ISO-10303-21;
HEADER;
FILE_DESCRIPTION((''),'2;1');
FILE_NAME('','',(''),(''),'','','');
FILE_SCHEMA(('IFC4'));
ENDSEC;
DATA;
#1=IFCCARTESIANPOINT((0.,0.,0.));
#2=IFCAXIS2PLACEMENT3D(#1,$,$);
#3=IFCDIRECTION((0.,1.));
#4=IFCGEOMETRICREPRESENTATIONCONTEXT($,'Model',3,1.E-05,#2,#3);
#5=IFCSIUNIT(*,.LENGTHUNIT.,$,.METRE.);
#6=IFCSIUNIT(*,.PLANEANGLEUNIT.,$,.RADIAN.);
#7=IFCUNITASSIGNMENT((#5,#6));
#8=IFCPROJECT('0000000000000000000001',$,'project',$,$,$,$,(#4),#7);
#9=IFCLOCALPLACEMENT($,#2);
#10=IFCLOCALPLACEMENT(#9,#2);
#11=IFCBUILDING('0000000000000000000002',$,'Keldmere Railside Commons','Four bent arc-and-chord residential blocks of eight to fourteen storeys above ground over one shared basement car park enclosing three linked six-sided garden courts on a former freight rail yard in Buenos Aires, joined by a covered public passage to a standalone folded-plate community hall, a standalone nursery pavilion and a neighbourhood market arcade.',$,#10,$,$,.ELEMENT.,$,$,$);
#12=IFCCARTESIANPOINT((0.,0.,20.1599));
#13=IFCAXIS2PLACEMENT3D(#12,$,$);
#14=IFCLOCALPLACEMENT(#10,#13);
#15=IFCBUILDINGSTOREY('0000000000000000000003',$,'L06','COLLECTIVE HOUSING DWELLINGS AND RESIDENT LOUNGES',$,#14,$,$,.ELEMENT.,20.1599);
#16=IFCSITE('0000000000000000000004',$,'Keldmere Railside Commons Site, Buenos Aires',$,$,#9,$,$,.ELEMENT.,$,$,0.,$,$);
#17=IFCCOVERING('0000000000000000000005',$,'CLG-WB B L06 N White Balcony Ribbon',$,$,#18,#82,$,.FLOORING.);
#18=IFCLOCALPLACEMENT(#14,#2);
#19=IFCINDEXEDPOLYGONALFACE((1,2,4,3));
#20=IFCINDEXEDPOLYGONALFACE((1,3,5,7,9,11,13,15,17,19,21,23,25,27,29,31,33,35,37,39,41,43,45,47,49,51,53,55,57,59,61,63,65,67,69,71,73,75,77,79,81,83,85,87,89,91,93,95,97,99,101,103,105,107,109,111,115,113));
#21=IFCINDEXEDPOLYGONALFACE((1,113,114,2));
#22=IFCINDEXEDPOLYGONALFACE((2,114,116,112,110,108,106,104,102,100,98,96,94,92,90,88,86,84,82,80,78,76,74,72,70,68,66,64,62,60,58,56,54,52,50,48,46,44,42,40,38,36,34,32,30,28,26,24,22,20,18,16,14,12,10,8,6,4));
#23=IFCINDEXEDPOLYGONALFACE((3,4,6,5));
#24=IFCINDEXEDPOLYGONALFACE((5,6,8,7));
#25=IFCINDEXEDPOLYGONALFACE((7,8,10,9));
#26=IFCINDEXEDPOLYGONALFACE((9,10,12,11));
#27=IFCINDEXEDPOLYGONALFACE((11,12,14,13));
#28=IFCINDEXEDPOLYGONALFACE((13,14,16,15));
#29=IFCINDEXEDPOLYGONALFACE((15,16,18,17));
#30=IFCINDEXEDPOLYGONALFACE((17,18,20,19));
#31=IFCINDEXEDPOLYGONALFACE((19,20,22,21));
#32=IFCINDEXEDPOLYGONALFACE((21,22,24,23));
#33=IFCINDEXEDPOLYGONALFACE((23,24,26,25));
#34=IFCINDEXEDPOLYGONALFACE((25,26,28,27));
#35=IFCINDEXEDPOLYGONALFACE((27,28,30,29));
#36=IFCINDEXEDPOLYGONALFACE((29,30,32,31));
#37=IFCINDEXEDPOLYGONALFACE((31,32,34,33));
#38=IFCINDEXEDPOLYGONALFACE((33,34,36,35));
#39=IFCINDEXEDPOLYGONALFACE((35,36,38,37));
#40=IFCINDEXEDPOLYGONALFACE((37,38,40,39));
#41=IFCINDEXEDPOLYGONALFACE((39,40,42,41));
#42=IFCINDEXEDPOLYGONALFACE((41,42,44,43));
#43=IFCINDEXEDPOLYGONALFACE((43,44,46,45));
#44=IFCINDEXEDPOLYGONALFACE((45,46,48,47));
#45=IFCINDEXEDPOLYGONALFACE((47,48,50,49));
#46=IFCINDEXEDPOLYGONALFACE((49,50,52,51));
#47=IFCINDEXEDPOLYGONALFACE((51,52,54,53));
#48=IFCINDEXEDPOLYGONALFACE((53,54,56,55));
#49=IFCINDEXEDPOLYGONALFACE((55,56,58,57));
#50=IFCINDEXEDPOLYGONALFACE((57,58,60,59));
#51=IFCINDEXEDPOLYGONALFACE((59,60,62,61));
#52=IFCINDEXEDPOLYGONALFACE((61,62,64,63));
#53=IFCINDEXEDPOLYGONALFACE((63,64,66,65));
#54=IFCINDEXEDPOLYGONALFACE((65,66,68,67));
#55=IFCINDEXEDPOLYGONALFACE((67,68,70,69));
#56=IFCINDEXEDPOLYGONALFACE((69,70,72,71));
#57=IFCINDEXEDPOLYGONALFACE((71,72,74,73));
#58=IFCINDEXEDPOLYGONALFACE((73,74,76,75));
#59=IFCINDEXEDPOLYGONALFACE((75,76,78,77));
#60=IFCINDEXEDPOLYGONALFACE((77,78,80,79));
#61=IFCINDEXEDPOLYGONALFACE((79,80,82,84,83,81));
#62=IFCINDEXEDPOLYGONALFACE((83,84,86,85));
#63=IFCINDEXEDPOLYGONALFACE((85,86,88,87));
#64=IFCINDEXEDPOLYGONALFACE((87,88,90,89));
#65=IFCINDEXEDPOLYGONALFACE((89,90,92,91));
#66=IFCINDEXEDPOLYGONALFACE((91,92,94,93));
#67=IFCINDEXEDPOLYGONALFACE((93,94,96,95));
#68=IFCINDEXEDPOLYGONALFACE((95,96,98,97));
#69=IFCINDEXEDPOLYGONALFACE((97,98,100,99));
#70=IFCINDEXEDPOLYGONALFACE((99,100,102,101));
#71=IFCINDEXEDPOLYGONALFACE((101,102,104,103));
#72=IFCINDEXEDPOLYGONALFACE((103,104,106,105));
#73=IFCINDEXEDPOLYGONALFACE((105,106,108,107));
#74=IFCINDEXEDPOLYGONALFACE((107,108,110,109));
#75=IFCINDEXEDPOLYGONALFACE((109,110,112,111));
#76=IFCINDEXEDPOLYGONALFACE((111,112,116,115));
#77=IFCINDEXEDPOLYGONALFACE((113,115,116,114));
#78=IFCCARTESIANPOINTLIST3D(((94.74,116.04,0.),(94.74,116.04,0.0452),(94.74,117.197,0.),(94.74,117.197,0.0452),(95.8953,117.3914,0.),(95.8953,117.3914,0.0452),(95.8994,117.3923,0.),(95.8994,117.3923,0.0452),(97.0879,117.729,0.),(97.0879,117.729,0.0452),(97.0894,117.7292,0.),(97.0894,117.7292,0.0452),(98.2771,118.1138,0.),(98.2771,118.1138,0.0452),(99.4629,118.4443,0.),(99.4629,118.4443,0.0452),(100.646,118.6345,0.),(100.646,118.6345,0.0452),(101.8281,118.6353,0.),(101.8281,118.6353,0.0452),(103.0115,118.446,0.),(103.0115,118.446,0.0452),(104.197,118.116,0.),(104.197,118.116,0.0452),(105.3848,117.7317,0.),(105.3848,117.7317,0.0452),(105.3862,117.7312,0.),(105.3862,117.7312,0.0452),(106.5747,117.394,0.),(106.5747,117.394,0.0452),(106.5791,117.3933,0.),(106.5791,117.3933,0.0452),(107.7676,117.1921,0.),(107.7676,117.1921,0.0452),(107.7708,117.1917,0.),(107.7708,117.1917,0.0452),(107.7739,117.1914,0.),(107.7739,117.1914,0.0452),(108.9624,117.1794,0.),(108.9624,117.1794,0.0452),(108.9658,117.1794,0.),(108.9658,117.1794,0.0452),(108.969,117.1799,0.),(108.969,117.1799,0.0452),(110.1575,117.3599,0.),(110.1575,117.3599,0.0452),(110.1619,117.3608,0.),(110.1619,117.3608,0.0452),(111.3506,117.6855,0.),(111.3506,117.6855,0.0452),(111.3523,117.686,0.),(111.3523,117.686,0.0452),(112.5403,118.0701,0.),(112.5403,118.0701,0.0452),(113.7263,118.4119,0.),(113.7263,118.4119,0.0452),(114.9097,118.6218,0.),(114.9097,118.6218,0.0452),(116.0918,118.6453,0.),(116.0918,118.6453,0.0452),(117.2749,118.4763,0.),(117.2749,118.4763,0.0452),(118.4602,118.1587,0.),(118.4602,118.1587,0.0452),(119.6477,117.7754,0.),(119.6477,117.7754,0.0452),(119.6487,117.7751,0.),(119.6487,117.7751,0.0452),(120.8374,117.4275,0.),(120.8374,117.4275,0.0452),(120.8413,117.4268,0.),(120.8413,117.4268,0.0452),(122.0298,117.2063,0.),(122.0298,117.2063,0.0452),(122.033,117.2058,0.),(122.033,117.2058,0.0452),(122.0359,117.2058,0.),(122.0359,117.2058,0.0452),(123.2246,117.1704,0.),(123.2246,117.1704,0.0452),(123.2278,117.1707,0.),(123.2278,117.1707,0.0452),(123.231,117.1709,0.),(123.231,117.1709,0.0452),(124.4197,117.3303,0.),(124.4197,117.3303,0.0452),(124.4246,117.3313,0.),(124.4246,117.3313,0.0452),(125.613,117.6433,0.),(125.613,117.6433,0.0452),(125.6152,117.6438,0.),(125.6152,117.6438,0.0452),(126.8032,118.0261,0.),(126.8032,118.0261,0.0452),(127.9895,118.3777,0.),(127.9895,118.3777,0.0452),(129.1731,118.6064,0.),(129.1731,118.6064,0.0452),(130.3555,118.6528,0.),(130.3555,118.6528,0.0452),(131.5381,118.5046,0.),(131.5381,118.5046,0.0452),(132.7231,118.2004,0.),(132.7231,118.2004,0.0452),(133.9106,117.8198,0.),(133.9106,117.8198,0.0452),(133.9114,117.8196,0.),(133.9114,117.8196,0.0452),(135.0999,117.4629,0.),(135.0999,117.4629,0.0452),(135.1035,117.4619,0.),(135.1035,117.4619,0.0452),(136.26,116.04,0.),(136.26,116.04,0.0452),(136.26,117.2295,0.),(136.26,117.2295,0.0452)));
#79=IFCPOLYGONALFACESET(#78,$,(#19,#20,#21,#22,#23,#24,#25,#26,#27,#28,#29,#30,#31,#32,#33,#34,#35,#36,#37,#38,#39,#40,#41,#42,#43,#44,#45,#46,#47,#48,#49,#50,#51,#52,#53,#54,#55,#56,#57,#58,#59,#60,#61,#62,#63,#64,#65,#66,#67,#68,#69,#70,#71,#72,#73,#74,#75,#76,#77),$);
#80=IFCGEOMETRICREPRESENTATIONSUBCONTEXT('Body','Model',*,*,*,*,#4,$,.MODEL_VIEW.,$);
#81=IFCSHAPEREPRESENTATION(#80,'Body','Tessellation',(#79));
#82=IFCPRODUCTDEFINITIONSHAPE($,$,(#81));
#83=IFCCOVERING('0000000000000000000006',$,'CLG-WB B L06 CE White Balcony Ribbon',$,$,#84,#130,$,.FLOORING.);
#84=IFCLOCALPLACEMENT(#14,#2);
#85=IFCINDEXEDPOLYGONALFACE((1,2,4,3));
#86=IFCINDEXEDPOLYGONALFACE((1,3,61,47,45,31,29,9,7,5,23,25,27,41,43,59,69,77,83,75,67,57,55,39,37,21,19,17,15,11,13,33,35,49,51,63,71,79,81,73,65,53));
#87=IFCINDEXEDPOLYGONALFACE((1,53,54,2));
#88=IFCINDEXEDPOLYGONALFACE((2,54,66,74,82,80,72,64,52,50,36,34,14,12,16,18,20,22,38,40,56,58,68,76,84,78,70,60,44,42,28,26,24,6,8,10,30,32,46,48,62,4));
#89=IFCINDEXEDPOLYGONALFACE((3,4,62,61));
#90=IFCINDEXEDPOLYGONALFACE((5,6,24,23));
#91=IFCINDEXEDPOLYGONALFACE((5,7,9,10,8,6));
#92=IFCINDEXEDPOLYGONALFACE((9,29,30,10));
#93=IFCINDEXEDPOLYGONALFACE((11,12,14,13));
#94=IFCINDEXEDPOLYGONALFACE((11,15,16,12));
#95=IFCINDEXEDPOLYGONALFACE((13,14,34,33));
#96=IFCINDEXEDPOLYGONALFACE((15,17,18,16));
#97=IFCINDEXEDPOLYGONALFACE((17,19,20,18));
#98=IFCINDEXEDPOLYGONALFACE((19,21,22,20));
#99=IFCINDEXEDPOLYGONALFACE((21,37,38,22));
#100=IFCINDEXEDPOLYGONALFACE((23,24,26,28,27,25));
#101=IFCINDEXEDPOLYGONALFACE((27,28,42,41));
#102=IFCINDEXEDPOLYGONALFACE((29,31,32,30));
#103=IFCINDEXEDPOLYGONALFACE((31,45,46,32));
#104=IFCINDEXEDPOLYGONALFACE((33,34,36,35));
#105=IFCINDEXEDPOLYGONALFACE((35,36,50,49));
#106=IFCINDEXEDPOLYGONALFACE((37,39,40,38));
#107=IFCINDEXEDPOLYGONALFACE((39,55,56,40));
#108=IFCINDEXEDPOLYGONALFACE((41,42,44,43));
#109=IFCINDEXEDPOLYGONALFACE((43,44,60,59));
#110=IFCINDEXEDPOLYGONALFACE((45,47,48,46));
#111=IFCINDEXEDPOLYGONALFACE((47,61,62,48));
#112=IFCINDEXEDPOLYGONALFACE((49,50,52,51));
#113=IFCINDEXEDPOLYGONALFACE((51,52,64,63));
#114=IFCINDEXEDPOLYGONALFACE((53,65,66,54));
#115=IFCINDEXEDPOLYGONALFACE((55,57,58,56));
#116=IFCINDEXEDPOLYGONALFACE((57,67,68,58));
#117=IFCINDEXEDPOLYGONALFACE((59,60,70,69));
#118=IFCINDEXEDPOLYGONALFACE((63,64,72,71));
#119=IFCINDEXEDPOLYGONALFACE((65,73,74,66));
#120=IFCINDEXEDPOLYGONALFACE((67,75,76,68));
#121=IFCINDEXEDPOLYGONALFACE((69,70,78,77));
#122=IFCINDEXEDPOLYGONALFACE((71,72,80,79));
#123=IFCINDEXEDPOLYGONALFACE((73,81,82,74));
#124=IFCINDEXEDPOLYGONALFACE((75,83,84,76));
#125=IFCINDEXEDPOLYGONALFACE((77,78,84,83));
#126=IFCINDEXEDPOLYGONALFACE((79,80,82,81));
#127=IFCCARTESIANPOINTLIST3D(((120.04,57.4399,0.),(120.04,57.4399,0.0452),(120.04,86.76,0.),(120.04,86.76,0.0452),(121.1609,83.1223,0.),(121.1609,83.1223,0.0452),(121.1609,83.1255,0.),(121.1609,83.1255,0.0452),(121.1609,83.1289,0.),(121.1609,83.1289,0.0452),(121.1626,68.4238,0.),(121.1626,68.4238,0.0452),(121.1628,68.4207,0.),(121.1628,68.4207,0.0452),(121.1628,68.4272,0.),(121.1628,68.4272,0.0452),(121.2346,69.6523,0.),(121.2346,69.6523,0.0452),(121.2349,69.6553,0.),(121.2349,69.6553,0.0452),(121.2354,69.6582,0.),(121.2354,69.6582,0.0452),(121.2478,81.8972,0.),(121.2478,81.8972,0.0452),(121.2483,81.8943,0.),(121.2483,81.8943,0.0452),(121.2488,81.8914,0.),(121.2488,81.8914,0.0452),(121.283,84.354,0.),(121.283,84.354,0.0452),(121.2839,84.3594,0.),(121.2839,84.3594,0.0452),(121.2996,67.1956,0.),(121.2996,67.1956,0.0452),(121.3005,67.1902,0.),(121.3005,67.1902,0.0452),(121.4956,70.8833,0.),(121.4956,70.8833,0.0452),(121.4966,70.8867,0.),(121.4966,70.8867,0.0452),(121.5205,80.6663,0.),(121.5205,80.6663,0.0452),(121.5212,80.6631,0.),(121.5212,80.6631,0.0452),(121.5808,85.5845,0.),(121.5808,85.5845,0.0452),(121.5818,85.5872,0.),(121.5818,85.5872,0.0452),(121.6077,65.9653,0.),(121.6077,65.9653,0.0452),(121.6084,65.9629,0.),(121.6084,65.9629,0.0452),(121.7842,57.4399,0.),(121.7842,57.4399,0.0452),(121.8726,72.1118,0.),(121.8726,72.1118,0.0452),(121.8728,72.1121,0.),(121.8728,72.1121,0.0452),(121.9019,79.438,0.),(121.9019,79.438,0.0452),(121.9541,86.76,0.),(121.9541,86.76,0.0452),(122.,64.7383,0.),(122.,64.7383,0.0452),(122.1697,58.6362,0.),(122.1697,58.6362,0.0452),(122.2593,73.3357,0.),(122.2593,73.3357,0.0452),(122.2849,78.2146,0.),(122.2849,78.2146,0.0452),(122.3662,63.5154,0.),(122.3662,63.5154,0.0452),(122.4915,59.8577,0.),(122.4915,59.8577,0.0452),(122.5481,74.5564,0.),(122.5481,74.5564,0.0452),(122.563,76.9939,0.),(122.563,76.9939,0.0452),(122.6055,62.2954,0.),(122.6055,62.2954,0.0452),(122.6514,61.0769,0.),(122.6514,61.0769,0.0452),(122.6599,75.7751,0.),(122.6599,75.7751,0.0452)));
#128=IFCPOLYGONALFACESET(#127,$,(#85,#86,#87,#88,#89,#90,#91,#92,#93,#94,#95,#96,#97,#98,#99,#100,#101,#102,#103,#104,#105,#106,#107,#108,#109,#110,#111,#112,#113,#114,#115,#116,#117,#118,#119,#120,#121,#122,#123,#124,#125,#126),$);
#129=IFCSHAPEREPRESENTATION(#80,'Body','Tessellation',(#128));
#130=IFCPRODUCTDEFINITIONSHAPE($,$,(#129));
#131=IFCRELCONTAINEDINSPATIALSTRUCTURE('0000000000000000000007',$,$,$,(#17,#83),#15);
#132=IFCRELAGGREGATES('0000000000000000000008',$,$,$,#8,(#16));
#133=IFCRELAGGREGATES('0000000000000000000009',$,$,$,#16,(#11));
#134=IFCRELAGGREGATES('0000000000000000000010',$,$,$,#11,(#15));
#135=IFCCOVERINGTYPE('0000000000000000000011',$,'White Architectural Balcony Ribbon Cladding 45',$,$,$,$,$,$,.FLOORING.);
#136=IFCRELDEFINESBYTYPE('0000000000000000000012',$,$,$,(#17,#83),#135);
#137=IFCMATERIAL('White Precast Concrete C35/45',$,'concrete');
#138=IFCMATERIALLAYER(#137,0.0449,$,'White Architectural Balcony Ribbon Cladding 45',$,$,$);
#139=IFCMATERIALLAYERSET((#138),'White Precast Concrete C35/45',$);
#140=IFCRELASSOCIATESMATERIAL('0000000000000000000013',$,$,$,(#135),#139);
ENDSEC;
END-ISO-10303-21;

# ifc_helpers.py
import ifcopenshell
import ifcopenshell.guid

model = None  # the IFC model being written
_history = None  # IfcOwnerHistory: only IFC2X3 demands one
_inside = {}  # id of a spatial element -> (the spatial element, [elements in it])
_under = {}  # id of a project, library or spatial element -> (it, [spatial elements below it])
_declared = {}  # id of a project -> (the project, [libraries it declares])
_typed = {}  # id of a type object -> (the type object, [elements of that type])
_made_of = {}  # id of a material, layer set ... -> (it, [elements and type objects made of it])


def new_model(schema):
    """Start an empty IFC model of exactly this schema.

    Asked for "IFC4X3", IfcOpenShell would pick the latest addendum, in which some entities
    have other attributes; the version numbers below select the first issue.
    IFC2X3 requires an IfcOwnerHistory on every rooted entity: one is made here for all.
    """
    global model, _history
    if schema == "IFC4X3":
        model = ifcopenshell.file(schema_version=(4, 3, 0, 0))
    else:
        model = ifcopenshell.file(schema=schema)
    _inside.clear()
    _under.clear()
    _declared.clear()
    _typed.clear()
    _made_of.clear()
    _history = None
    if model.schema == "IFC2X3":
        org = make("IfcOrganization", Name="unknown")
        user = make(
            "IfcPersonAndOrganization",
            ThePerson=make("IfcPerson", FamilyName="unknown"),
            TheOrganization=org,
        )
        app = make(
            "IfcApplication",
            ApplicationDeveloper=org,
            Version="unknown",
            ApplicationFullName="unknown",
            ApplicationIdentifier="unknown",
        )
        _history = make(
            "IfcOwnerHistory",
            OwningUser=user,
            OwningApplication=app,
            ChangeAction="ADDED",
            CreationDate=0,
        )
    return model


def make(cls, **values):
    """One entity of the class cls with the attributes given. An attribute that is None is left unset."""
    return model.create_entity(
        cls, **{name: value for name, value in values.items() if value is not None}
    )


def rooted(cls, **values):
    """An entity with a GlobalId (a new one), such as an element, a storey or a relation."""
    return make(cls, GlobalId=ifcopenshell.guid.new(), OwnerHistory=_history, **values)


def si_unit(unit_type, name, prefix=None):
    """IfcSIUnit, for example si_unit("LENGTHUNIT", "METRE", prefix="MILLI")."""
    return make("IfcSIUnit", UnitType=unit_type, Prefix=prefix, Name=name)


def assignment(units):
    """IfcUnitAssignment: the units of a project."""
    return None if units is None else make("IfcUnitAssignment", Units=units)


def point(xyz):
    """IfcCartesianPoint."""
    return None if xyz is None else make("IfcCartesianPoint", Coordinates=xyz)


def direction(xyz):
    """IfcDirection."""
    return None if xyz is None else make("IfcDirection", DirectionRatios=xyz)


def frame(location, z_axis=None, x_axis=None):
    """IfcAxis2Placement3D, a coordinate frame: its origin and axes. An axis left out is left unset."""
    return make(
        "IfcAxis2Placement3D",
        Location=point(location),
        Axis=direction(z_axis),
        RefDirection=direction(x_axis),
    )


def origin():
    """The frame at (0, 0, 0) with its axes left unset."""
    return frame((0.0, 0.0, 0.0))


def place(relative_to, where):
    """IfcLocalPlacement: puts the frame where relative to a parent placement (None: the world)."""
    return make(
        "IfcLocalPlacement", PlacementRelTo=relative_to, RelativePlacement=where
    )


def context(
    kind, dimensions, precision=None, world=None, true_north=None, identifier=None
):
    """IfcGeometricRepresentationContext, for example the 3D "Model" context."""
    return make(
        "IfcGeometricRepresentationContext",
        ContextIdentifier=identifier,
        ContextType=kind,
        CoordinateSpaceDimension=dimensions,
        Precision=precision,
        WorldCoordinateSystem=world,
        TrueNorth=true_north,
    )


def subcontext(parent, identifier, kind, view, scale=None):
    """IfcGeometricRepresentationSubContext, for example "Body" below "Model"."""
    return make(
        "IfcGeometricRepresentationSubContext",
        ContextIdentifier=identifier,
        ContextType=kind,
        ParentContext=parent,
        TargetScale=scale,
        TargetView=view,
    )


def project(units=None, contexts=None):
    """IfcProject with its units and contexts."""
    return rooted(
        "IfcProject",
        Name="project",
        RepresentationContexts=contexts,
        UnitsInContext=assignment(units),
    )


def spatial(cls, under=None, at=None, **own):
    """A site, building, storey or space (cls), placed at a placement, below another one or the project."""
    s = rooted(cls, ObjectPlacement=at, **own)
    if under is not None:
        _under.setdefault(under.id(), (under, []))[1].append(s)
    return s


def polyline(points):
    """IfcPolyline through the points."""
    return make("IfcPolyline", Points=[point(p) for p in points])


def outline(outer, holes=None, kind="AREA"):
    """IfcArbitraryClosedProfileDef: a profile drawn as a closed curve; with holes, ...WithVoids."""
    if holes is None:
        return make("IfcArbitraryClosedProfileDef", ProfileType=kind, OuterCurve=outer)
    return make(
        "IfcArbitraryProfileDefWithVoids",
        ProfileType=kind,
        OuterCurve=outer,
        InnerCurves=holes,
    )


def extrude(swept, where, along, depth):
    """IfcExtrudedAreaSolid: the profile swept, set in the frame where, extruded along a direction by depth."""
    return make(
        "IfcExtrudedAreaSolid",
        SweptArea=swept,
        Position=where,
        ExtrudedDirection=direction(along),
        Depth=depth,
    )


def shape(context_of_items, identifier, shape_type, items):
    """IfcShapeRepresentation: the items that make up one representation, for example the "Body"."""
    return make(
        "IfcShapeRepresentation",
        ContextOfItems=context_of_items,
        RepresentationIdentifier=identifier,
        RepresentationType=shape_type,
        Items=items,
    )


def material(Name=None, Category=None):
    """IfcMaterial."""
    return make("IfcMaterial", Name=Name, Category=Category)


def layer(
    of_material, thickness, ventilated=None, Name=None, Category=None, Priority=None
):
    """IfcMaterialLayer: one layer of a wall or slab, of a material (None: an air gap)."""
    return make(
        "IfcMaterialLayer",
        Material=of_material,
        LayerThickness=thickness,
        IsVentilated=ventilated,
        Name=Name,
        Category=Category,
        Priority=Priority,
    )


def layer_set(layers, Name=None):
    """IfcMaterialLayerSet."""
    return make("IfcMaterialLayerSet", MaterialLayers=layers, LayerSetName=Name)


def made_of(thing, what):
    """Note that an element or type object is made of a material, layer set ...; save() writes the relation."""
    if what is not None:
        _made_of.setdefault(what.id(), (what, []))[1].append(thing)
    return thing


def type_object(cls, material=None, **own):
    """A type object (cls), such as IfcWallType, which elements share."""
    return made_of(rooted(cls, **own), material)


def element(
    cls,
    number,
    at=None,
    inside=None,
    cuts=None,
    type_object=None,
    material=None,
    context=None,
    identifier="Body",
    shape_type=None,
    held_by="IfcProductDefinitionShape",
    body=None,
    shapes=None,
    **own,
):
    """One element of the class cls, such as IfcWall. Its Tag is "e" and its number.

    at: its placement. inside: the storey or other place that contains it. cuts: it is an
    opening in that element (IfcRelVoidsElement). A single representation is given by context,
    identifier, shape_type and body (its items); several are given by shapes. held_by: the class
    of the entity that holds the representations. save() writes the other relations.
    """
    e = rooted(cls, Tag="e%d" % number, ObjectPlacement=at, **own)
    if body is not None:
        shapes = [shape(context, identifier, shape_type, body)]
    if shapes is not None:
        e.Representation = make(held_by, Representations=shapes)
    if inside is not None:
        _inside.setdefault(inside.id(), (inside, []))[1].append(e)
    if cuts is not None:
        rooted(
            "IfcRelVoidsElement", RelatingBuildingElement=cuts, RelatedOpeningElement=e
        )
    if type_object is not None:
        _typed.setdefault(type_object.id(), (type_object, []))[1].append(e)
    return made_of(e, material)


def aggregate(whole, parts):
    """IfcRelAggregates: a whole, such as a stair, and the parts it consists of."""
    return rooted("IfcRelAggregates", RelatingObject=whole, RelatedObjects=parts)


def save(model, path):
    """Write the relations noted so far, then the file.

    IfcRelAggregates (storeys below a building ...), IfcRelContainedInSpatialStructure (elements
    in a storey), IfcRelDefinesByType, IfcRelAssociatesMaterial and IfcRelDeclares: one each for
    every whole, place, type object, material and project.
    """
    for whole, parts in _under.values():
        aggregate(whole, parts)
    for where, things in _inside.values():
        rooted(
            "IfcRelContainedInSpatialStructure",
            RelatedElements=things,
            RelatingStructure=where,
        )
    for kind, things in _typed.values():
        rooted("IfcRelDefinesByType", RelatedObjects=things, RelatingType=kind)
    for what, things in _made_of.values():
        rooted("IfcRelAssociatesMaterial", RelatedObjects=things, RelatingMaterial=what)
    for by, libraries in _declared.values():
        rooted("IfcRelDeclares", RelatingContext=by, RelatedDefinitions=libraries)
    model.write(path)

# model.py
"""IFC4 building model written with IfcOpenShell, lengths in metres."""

from ifc_helpers import new_model, si_unit, direction, frame, origin, place, context, subcontext, project, spatial, polyline, outline, extrude, material, layer, layer_set, type_object, element, save


model = new_model("IFC4")

# Units and contexts
model_context = context("Model", 3, precision=1e-05, world=origin(), true_north=direction((0.0, 1.0)))
body_context = subcontext(model_context, "Body", "Model", "MODEL_VIEW")
ifc_project = project(units=[si_unit("LENGTHUNIT", "METRE"), si_unit("PLANEANGLEUNIT", "RADIAN")], contexts=[model_context])

# Site, building, storey
site_placement = place(None, origin())
site = spatial("IfcSite", under=ifc_project, at=site_placement, Name="Keldmere Railside Commons Site, Buenos Aires", CompositionType="ELEMENT", RefElevation=0.0)
building_placement = place(site_placement, origin())
building = spatial("IfcBuilding", under=site, at=building_placement, Name="Keldmere Railside Commons", Description="Four bent arc-and-chord residential blocks of eight to fourteen storeys above ground over one shared basement car park enclosing three linked six-sided garden courts on a former freight rail yard in Buenos Aires, joined by a covered public passage to a standalone folded-plate community hall, a standalone nursery pavilion and a neighbourhood market arcade.", CompositionType="ELEMENT")
storey_placement = place(building_placement, frame((0.0, 0.0, 20.1599)))
storey = spatial("IfcBuildingStorey", under=building, at=storey_placement, Name="L06", Description="COLLECTIVE HOUSING DWELLINGS AND RESIDENT LOUNGES", CompositionType="ELEMENT", Elevation=20.1599)

# Coverings
ifc_material_1 = material(Name="White Precast Concrete C35/45", Category="concrete")
ifc_layer_1 = layer(ifc_material_1, 0.0449, Name="White Architectural Balcony Ribbon Cladding 45")
ifc_layer_set_1 = layer_set([ifc_layer_1], Name="White Precast Concrete C35/45")
covering_type_1 = type_object("IfcCoveringType", Name="White Architectural Balcony Ribbon Cladding 45", PredefinedType="FLOORING", material=ifc_layer_set_1)
covering_1_placement = place(storey_placement, origin())
element("IfcCovering", 1, at=covering_1_placement, inside=storey, type_object=covering_type_1, Name="CLG-WB B L06 N White Balcony Ribbon", PredefinedType="FLOORING", context=body_context, shape_type="SweptSolid", body=[
    extrude(outline(polyline([(136.26, 116.04), (136.26, 117.2295), (135.1035, 117.4619), (135.0999, 117.4629), (133.9114, 117.8196), (133.9106, 117.8198), (132.7231, 118.2004), (131.5381, 118.5046), (130.3555, 118.6528), (129.1731, 118.6064), (127.9895, 118.3777), (126.8032, 118.0261), (125.6152, 117.6438), (125.613, 117.6433), (124.4246, 117.3313), (124.4197, 117.3303), (123.231, 117.1709), (123.2278, 117.1707), (123.2246, 117.1704), (122.0359, 117.2058), (122.033, 117.2058), (122.0298, 117.2063), (120.8413, 117.4268), (120.8374, 117.4275), (119.6487, 117.7751), (119.6477, 117.7754), (118.4602, 118.1587), (117.2749, 118.4763), (116.0918, 118.6453), (114.9097, 118.6218), (113.7263, 118.4119), (112.5403, 118.0701), (111.3523, 117.686), (111.3506, 117.6855), (110.1619, 117.3608), (110.1575, 117.3599), (108.969, 117.1799), (108.9658, 117.1794), (108.9624, 117.1794), (107.7739, 117.1914), (107.7708, 117.1917), (107.7676, 117.1921), (106.5791, 117.3933), (106.5747, 117.394), (105.3862, 117.7312), (105.3848, 117.7317), (104.197, 118.116), (103.0115, 118.446), (101.8281, 118.6353), (100.646, 118.6345), (99.4629, 118.4443), (98.2771, 118.1138), (97.0894, 117.7292), (97.0879, 117.729), (95.8994, 117.3923), (95.8953, 117.3914), (94.74, 117.197), (94.74, 116.04), (136.26, 116.04)])), origin(), (0.0, 0.0, 1.0), 0.0452),
])
covering_2_placement = place(storey_placement, origin())
element("IfcCovering", 2, at=covering_2_placement, inside=storey, type_object=covering_type_1, Name="CLG-WB B L06 CE White Balcony Ribbon", PredefinedType="FLOORING", context=body_context, shape_type="SweptSolid", body=[
    extrude(outline(polyline([(122.1697, 58.6362), (122.4915, 59.8577), (122.6514, 61.0769), (122.6055, 62.2954), (122.3662, 63.5154), (122.0, 64.7383), (121.6084, 65.9629), (121.6077, 65.9653), (121.3005, 67.1902), (121.2996, 67.1956), (121.1628, 68.4207), (121.1626, 68.4238), (121.1628, 68.4272), (121.2346, 69.6523), (121.2349, 69.6553), (121.2354, 69.6582), (121.4956, 70.8833), (121.4966, 70.8867), (121.8726, 72.1118), (121.8728, 72.1121), (122.2593, 73.3357), (122.5481, 74.5564), (122.6599, 75.7751), (122.563, 76.9939), (122.2849, 78.2146), (121.9019, 79.438), (121.9019, 79.438), (121.5212, 80.6631), (121.5205, 80.6663), (121.2488, 81.8914), (121.2483, 81.8943), (121.2478, 81.8972), (121.1609, 83.1223), (121.1609, 83.1255), (121.1609, 83.1289), (121.283, 84.354), (121.2839, 84.3594), (121.5808, 85.5845), (121.5818, 85.5872), (121.9541, 86.76), (120.04, 86.76), (120.04, 57.4399), (121.7842, 57.4399), (122.1697, 58.6362)])), origin(), (0.0, 0.0, 1.0), 0.0452),
])

save(model, "model.ifc")
